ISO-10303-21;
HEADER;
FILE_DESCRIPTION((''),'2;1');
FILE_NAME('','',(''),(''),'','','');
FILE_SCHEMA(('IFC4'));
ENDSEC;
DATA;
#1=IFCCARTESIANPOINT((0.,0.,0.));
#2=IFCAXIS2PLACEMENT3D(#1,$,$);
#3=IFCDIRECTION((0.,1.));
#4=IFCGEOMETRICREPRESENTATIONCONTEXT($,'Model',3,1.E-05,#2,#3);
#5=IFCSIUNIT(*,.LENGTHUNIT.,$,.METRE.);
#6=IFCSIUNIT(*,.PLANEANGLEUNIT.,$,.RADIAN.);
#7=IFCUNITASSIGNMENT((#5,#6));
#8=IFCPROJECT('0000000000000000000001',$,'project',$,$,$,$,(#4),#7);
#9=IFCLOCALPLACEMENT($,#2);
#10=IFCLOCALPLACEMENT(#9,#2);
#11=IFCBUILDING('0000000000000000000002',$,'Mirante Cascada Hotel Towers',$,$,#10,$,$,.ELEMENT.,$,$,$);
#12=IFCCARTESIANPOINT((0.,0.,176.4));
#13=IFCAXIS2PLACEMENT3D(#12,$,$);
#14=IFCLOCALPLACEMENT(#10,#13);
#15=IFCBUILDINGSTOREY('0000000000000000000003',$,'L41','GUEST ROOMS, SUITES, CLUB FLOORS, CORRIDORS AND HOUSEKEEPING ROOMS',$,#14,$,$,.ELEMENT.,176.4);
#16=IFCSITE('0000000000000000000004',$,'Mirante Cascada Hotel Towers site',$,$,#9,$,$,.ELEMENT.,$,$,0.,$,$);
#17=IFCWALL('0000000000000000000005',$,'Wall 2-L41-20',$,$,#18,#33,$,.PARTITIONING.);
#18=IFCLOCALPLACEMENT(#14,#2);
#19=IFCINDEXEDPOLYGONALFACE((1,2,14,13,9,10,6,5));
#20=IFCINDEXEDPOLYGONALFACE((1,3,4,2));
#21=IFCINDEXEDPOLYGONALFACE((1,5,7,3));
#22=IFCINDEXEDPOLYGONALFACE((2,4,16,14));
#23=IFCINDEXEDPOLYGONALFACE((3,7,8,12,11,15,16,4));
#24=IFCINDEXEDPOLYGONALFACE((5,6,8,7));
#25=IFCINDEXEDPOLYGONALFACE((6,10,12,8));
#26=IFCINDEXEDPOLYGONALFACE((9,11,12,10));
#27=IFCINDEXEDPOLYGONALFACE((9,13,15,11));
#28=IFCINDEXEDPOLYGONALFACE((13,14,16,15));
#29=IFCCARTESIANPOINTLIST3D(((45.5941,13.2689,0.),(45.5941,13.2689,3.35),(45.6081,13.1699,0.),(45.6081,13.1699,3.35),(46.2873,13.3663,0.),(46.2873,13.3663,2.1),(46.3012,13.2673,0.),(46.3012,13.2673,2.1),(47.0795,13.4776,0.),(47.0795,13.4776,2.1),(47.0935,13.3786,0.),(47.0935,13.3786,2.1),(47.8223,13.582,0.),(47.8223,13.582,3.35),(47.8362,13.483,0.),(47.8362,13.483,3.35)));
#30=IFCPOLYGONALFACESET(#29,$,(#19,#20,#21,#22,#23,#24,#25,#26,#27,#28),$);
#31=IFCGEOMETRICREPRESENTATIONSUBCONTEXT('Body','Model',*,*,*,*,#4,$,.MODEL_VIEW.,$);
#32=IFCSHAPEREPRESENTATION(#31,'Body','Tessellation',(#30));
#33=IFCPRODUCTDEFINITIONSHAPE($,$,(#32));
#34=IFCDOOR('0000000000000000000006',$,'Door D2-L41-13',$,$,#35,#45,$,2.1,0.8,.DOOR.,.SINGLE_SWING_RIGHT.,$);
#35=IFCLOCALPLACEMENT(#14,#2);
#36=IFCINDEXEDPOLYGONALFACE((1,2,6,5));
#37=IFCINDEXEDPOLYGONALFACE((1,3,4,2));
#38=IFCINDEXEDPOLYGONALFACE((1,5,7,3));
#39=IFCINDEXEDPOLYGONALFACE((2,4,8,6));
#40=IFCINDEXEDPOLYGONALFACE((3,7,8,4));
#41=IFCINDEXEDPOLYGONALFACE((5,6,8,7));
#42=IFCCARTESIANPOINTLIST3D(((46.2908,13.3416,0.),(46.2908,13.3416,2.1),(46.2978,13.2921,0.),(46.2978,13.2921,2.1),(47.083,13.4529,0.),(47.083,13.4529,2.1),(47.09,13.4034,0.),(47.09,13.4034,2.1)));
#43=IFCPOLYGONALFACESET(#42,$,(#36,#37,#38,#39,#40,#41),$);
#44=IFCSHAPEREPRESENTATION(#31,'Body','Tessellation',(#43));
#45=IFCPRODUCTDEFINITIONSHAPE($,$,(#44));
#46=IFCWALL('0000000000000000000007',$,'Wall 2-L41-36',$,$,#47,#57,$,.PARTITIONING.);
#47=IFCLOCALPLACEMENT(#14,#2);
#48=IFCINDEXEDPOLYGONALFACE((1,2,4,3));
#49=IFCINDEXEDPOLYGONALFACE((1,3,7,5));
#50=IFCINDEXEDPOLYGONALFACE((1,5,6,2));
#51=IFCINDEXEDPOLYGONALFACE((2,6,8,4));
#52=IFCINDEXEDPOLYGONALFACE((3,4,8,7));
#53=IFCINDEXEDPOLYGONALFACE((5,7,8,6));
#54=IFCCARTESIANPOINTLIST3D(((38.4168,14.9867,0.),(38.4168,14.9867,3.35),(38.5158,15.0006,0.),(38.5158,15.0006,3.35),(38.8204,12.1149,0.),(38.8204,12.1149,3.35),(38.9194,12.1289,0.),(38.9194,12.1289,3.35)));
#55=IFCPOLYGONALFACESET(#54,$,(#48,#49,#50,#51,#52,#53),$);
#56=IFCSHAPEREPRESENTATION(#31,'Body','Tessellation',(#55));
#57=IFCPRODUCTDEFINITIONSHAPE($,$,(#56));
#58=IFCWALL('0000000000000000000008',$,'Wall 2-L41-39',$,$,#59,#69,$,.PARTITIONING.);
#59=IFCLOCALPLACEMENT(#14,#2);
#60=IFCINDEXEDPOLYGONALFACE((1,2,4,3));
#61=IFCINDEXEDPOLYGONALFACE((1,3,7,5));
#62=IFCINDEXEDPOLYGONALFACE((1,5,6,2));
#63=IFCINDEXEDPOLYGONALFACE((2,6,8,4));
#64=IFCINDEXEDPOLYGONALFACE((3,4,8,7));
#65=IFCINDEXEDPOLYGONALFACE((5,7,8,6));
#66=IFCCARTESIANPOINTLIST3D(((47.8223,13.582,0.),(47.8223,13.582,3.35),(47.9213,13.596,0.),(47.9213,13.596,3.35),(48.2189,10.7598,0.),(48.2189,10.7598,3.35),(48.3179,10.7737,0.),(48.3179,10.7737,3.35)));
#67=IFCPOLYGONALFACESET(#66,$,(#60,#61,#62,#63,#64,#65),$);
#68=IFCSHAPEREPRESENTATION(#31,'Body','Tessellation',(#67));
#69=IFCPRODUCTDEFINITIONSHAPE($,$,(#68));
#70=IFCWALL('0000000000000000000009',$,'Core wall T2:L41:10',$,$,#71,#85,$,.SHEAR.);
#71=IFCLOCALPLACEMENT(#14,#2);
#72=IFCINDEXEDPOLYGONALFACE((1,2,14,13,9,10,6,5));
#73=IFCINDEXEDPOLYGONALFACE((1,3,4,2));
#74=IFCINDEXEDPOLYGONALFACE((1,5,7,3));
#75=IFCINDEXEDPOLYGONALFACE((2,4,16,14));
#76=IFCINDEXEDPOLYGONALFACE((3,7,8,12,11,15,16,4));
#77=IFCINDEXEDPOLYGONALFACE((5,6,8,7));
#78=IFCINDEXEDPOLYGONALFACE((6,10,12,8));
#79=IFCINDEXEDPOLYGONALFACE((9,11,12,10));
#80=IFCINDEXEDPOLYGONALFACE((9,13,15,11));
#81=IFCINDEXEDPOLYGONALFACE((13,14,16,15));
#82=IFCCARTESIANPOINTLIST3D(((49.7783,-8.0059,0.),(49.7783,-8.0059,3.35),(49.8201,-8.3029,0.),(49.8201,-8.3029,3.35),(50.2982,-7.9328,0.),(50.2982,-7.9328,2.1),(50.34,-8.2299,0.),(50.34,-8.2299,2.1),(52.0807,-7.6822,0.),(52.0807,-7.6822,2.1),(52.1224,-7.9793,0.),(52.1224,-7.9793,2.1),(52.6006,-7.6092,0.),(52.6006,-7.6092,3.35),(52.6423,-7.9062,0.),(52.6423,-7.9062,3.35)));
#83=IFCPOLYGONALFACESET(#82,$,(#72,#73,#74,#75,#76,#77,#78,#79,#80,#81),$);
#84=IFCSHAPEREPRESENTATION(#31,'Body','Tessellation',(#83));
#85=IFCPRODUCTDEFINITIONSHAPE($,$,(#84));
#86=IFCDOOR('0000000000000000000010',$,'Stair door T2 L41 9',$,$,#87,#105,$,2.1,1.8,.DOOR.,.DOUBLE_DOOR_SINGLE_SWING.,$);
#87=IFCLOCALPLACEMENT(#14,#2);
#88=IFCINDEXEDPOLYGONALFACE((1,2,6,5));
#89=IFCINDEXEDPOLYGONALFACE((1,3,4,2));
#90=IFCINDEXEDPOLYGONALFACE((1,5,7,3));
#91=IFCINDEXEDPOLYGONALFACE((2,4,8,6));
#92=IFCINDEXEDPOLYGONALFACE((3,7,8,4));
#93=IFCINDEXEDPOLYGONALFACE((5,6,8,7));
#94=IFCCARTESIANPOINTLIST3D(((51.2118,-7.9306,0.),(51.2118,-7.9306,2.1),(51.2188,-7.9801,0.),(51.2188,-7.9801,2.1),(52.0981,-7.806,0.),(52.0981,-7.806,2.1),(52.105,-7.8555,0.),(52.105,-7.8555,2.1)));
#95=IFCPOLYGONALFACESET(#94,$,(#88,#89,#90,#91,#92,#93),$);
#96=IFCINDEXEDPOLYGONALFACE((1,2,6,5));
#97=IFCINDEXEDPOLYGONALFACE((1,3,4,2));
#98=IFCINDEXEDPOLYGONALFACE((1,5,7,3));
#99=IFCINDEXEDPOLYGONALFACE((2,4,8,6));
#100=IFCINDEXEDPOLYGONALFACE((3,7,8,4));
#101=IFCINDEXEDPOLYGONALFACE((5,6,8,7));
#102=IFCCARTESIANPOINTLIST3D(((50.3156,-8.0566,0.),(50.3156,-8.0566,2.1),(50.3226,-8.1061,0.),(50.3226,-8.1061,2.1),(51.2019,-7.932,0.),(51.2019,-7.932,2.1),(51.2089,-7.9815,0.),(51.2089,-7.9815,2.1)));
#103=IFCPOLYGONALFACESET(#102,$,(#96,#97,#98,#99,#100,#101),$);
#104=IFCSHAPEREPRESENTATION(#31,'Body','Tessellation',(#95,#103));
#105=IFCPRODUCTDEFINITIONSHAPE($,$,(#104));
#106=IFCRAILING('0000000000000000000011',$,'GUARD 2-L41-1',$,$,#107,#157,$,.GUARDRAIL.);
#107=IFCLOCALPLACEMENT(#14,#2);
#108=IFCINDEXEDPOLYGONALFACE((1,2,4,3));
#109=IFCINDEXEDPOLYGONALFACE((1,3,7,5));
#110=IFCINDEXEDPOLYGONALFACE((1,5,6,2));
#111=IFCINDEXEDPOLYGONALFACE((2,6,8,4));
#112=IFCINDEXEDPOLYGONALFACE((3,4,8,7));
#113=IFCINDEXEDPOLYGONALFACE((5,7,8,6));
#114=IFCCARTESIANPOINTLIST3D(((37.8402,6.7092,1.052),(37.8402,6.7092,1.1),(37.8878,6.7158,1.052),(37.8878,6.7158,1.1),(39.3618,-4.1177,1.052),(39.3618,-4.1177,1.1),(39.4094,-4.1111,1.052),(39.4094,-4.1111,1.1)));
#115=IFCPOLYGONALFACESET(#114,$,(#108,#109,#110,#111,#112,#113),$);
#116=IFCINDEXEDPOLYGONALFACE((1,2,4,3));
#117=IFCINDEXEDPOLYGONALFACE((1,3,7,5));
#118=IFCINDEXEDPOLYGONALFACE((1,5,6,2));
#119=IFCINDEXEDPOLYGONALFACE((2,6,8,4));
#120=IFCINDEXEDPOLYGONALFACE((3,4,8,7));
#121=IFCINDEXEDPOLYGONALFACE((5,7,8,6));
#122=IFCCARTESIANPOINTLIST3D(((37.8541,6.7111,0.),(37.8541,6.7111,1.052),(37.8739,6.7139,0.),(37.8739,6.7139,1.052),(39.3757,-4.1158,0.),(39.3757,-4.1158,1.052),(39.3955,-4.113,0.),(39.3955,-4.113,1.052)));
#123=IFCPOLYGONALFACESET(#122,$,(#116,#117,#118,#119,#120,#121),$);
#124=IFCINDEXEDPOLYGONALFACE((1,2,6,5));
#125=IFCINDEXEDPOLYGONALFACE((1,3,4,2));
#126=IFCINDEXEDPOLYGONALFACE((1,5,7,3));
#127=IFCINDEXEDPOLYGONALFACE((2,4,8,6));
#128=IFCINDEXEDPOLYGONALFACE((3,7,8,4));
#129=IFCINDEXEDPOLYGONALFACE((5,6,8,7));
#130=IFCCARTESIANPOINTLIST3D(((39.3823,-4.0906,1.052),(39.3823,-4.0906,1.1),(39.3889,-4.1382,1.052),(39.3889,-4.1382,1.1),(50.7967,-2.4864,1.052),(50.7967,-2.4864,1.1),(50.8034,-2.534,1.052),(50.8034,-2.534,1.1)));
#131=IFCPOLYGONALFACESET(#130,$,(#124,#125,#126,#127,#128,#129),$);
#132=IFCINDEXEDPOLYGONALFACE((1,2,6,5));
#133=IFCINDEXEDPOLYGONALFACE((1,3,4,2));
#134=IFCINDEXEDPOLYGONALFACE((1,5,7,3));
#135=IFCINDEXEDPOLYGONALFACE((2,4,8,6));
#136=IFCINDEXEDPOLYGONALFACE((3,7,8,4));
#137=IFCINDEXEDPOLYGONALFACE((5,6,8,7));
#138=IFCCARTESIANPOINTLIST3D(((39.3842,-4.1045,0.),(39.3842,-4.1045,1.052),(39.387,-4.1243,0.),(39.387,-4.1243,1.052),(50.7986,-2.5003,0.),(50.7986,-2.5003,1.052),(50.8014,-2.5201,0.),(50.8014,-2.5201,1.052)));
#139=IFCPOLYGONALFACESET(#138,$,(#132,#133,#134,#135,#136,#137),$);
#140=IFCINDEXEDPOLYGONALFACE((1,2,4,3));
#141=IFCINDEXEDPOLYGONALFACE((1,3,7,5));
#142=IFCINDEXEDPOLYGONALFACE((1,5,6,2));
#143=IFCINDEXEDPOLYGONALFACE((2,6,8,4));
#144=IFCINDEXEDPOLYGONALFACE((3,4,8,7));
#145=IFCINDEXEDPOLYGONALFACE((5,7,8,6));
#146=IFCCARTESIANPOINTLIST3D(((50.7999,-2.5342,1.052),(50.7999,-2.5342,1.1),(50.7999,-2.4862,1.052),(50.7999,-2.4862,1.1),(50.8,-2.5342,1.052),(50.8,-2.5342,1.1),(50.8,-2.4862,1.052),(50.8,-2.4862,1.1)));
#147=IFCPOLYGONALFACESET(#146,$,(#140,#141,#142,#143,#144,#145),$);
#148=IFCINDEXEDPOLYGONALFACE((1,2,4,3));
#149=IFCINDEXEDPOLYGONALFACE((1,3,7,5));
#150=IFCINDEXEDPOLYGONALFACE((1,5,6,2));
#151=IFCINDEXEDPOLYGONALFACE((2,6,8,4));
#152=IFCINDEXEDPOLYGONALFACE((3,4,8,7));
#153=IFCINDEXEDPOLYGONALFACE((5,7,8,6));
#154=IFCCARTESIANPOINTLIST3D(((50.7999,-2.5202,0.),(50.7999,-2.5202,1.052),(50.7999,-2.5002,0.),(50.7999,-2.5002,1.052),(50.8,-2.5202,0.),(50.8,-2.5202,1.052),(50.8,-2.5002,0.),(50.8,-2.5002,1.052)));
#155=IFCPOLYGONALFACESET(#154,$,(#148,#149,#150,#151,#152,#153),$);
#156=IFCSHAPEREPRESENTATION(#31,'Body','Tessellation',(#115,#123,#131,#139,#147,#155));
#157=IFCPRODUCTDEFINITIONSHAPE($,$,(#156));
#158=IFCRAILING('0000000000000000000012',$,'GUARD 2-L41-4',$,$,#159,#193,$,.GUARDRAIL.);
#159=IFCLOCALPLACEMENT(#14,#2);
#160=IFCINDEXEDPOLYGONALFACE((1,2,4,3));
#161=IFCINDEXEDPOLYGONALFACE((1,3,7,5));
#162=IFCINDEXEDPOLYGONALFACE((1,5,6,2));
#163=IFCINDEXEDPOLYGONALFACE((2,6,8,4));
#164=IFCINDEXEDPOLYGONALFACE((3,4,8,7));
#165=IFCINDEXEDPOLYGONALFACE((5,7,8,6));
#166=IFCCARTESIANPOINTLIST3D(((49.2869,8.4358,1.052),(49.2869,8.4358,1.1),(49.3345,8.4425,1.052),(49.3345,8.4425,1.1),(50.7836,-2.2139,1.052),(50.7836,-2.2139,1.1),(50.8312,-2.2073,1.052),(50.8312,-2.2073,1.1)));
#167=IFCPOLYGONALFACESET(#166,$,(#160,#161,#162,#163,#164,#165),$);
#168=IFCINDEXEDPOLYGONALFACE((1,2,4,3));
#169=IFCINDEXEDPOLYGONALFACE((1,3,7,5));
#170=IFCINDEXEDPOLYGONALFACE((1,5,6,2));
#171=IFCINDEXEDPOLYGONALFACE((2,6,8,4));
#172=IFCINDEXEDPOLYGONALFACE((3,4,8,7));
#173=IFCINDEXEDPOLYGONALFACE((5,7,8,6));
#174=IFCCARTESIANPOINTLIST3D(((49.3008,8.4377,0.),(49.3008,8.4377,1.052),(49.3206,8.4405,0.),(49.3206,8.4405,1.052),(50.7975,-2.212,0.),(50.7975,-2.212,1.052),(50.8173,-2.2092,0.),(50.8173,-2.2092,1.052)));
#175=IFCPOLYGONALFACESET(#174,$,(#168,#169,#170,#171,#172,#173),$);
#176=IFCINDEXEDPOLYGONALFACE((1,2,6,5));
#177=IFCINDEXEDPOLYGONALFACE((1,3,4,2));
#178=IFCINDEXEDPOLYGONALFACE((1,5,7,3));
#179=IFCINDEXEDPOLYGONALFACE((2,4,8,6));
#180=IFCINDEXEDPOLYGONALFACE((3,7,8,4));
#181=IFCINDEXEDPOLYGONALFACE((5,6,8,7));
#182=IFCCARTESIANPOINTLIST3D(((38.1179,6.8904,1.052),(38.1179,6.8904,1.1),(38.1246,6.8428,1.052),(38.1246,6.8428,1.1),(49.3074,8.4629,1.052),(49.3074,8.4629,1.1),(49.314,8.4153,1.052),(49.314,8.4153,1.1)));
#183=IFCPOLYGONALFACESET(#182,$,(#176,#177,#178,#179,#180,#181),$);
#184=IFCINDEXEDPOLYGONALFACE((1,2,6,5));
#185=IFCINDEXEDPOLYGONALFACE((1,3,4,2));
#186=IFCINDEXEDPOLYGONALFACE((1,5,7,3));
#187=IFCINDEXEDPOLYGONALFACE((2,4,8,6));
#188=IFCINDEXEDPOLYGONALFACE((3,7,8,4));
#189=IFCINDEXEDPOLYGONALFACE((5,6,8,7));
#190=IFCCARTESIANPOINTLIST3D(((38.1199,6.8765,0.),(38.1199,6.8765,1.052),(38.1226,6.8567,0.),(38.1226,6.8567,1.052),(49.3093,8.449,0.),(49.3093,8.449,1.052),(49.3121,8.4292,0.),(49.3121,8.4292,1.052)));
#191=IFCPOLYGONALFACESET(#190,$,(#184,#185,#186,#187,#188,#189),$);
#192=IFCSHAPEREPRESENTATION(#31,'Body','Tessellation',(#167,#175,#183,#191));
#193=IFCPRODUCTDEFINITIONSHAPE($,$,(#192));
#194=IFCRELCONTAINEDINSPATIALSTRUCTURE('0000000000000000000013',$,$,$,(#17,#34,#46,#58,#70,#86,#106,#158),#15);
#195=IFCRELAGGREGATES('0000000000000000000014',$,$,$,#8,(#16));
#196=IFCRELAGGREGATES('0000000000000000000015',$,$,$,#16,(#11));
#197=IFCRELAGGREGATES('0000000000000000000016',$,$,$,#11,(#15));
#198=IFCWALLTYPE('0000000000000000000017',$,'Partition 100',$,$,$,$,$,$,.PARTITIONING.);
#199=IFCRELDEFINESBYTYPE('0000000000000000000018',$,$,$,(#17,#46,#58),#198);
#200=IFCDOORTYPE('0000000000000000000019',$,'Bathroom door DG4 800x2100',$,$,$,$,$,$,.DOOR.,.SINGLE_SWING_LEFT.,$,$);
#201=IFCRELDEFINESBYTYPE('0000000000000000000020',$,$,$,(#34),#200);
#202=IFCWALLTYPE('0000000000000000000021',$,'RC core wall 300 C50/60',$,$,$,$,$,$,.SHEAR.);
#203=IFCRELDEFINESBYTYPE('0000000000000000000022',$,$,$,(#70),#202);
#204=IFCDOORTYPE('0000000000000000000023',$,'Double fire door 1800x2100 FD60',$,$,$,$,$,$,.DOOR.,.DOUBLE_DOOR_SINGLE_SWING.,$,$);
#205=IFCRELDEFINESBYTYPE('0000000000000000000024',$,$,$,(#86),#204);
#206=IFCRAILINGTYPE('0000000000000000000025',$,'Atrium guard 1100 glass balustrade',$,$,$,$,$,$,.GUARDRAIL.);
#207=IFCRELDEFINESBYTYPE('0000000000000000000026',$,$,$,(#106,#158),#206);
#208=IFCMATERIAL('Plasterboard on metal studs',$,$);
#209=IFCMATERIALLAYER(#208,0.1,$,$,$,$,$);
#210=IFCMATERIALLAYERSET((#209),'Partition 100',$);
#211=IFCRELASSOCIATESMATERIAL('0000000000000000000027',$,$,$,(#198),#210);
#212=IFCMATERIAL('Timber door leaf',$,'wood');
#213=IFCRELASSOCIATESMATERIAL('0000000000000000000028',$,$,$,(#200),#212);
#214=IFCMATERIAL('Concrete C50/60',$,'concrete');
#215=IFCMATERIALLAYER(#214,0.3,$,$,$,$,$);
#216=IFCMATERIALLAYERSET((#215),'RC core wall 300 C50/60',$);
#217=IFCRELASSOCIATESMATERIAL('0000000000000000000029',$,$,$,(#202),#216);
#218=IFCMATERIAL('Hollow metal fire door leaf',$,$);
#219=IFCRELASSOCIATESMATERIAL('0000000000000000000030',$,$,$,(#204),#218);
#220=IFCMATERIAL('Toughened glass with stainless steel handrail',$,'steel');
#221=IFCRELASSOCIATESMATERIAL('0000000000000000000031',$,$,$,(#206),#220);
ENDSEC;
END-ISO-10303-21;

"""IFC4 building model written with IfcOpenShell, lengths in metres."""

from ifc_helpers import new_model, si_unit, direction, frame, frame_2d, origin, origin_2d, place, context, subcontext, project, spatial, rectangle, extrude, material, layer, layer_set, type_object, element, fill, save


model = new_model("IFC4")

# Units and contexts
model_context = context("Model", 3, precision=1e-05, world=origin(), true_north=direction((0.0, 1.0)))
body_context = subcontext(model_context, "Body", "Model", "MODEL_VIEW")
ifc_project = project(units=[si_unit("LENGTHUNIT", "METRE"), si_unit("PLANEANGLEUNIT", "RADIAN")], contexts=[model_context])

# Site, building, storey
site_placement = place(None, origin())
site = spatial("IfcSite", under=ifc_project, at=site_placement, Name="Mirante Cascada Hotel Towers site", CompositionType="ELEMENT", RefElevation=0.0)
building_placement = place(site_placement, origin())
building = spatial("IfcBuilding", under=site, at=building_placement, Name="Mirante Cascada Hotel Towers", CompositionType="ELEMENT")
storey_placement = place(building_placement, frame((0.0, 0.0, 176.4)))
storey = spatial("IfcBuildingStorey", under=building, at=storey_placement, Name="L41", Description="GUEST ROOMS, SUITES, CLUB FLOORS, CORRIDORS AND HOUSEKEEPING ROOMS", CompositionType="ELEMENT", Elevation=176.4)

# Shared definitions
ifc_material_1 = material(Name="Plasterboard on metal studs")
ifc_layer_1 = layer(ifc_material_1, 0.1)
ifc_layer_set_1 = layer_set([ifc_layer_1], Name="Partition 100")
wall_type_1 = type_object("IfcWallType", Name="Partition 100", PredefinedType="PARTITIONING", material=ifc_layer_set_1)

# Wall, opening, door
wall_1_placement = place(storey_placement, frame((45.6011, 13.2194, 0.0), z_axis=(0.0, 0.0, 1.0), x_axis=(0.990271, 0.139156, 0.0)))
wall_1 = element("IfcWall", 1, at=wall_1_placement, inside=storey, type_object=wall_type_1, Name="Wall 2-L41-20", PredefinedType="PARTITIONING", context=body_context, shape_type="SweptSolid", body=[
    extrude(rectangle(XDim=2.25, YDim=0.1, at=frame_2d((1.125, 0.0))), origin(), (0.0, 0.0, 1.0), 3.35),
])
opening_1_placement = place(wall_1_placement, frame((0.7, 0.0, 0.0)))
opening_1 = element("IfcOpeningElement", 2, at=opening_1_placement, cuts=wall_1, PredefinedType="OPENING", context=body_context, shape_type="SweptSolid", body=[
    extrude(rectangle(XDim=0.8, YDim=2.1, at=frame_2d((0.4, 1.05))), frame((0.0, 0.05, 0.0), z_axis=(0.0, -1.0, 0.0), x_axis=(1.0, 0.0, 0.0)), (0.0, 0.0, 1.0), 0.1),
])
ifc_material_2 = material(Name="Timber door leaf", Category="wood")
door_type_1 = type_object("IfcDoorType", Name="Bathroom door DG4 800x2100", OperationType="SINGLE_SWING_LEFT", PredefinedType="DOOR", material=ifc_material_2)
door_1_placement = place(opening_1_placement, frame((0.8, 0.0, 0.0), z_axis=(0.0, 0.0, 1.0), x_axis=(-1.0, 0.0, 0.0)))
door_1 = element("IfcDoor", 3, at=door_1_placement, inside=storey, type_object=door_type_1, Name="Door D2-L41-13", OperationType="SINGLE_SWING_RIGHT", OverallHeight=2.1, OverallWidth=0.8, PredefinedType="DOOR", context=body_context, shape_type="SweptSolid", body=[
    extrude(rectangle(XDim=0.8, YDim=2.1, at=frame_2d((0.4, 1.05))), frame((0.0, 0.025, 0.0), z_axis=(0.0, -1.0, 0.0), x_axis=(1.0, 0.0, 0.0)), (0.0, 0.0, 1.0), 0.05),
])
fill(opening_1, door_1)

# Walls
wall_2_placement = place(storey_placement, frame((38.8699, 12.1219, 0.0), z_axis=(0.0, 0.0, 1.0), x_axis=(-0.139171, 0.990268, 0.0)))
element("IfcWall", 4, at=wall_2_placement, inside=storey, type_object=wall_type_1, Name="Wall 2-L41-36", PredefinedType="PARTITIONING", context=body_context, shape_type="SweptSolid", body=[
    extrude(rectangle(XDim=2.9, YDim=0.1, at=frame_2d((1.45, 0.0))), origin(), (0.0, 0.0, 1.0), 3.35),
])
wall_3_placement = place(storey_placement, frame((47.8718, 13.589, 0.0), z_axis=(0.0, 0.0, 1.0), x_axis=(0.139156, -0.99027, 0.0)))
element("IfcWall", 5, at=wall_3_placement, inside=storey, type_object=wall_type_1, Name="Wall 2-L41-39", PredefinedType="PARTITIONING", context=body_context, shape_type="SweptSolid", body=[
    extrude(rectangle(XDim=2.85, YDim=0.1, at=frame_2d((1.425, 0.0))), origin(), (0.0, 0.0, 1.0), 3.35),
])

# Wall, opening, door
ifc_material_3 = material(Name="Concrete C50/60", Category="concrete")
ifc_layer_2 = layer(ifc_material_3, 0.3)
ifc_layer_set_2 = layer_set([ifc_layer_2], Name="RC core wall 300 C50/60")
wall_type_2 = type_object("IfcWallType", Name="RC core wall 300 C50/60", PredefinedType="SHEAR", material=ifc_layer_set_2)
wall_4_placement = place(storey_placement, frame((49.7992, -8.1544, 0.0), z_axis=(0.0, 0.0, 1.0), x_axis=(0.990266, 0.139191, 0.0)))
wall_4 = element("IfcWall", 6, at=wall_4_placement, inside=storey, type_object=wall_type_2, Name="Core wall T2:L41:10", PredefinedType="SHEAR", context=body_context, shape_type="SweptSolid", body=[
    extrude(rectangle(XDim=2.85, YDim=0.3, at=frame_2d((1.425, 0.0))), origin(), (0.0, 0.0, 1.0), 3.35),
])
opening_2_placement = place(wall_4_placement, frame((0.525, 0.0, 0.0)))
opening_2 = element("IfcOpeningElement", 7, at=opening_2_placement, cuts=wall_4, PredefinedType="OPENING", context=body_context, shape_type="SweptSolid", body=[
    extrude(rectangle(XDim=1.8, YDim=2.1, at=frame_2d((0.9, 1.05))), frame((0.0, 0.15, 0.0), z_axis=(0.0, -1.0, 0.0), x_axis=(1.0, 0.0, 0.0)), (0.0, 0.0, 1.0), 0.3),
])
ifc_material_4 = material(Name="Hollow metal fire door leaf")
door_type_2 = type_object("IfcDoorType", Name="Double fire door 1800x2100 FD60", OperationType="DOUBLE_DOOR_SINGLE_SWING", PredefinedType="DOOR", material=ifc_material_4)
door_2_placement = place(opening_2_placement, frame((1.8, 0.0, 0.0), z_axis=(0.0, 0.0, 1.0), x_axis=(-1.0, 0.0, 0.0)))
door_2 = element("IfcDoor", 8, at=door_2_placement, inside=storey, type_object=door_type_2, Name="Stair door T2 L41 9", OperationType="DOUBLE_DOOR_SINGLE_SWING", OverallHeight=2.1, OverallWidth=1.8, PredefinedType="DOOR", context=body_context, shape_type="SweptSolid", body=[
    extrude(rectangle(XDim=0.895, YDim=2.1, at=frame_2d((0.4475, 1.05))), frame((0.0, 0.025, 0.0), z_axis=(0.0, -1.0, 0.0), x_axis=(1.0, 0.0, 0.0)), (0.0, 0.0, 1.0), 0.05),
    extrude(rectangle(XDim=0.895, YDim=2.1, at=frame_2d((1.3525, 1.05))), frame((0.0, 0.025, 0.0), z_axis=(0.0, -1.0, 0.0), x_axis=(1.0, 0.0, 0.0)), (0.0, 0.0, 1.0), 0.05),
])
fill(opening_2, door_2)

# Railings
ifc_material_5 = material(Name="Toughened glass with stainless steel handrail", Category="steel")
railing_type = type_object("IfcRailingType", Name="Atrium guard 1100 glass balustrade", PredefinedType="GUARDRAIL", material=ifc_material_5)
railing_1_placement = place(storey_placement, frame((37.864, 6.7125, 0.0)))
element("IfcRailing", 9, at=railing_1_placement, inside=storey, type_object=railing_type, Name="GUARD 2-L41-1", PredefinedType="GUARDRAIL", context=body_context, shape_type="SweptSolid", body=[
    extrude(rectangle(XDim=0.048, YDim=0.048, at=origin_2d()), frame((0.0, 0.0, 1.076), z_axis=(0.139171, -0.990268, 0.0), x_axis=(0.990268, 0.139171, 0.0)), (0.0, 0.0, 1.0), 10.9333),
    extrude(rectangle(XDim=0.02, YDim=1.052, at=origin_2d()), frame((0.0, 0.0, 0.526), z_axis=(0.139171, -0.990268, 0.0), x_axis=(0.990268, 0.139171, 0.0)), (0.0, 0.0, 1.0), 10.9333),
    extrude(rectangle(XDim=0.048, YDim=0.048, at=origin_2d()), frame((1.5216, -10.8269, 1.076), z_axis=(0.990268, 0.139174, 0.0), x_axis=(-0.139174, 0.990268, 0.0)), (0.0, 0.0, 1.0), 11.5266),
    extrude(rectangle(XDim=0.02, YDim=1.052, at=origin_2d()), frame((1.5216, -10.8269, 0.526), z_axis=(0.990268, 0.139174, 0.0), x_axis=(-0.139174, 0.990268, 0.0)), (0.0, 0.0, 1.0), 11.5266),
    extrude(rectangle(XDim=0.048, YDim=0.048, at=origin_2d()), frame((12.936, -9.2227, 1.076), z_axis=(-1.0, 0.0, 0.0), x_axis=(0.0, -1.0, 0.0)), (0.0, 0.0, 1.0), 0.0001),
    extrude(rectangle(XDim=0.02, YDim=1.052, at=origin_2d()), frame((12.936, -9.2227, 0.526), z_axis=(-1.0, 0.0, 0.0), x_axis=(0.0, -1.0, 0.0)), (0.0, 0.0, 1.0), 0.0001),
])
railing_2_placement = place(storey_placement, frame((50.8074, -2.2106, 0.0)))
element("IfcRailing", 10, at=railing_2_placement, inside=storey, type_object=railing_type, Name="GUARD 2-L41-4", PredefinedType="GUARDRAIL", context=body_context, shape_type="SweptSolid", body=[
    extrude(rectangle(XDim=0.048, YDim=0.048, at=origin_2d()), frame((0.0, 0.0, 1.076), z_axis=(-0.139172, 0.990268, 0.0), x_axis=(-0.990268, -0.139172, 0.0)), (0.0, 0.0, 1.0), 10.7544),
    extrude(rectangle(XDim=0.02, YDim=1.052, at=origin_2d()), frame((0.0, 0.0, 0.526), z_axis=(-0.139172, 0.990268, 0.0), x_axis=(-0.990268, -0.139172, 0.0)), (0.0, 0.0, 1.0), 10.7544),
    extrude(rectangle(XDim=0.048, YDim=0.048, at=origin_2d()), frame((-1.4967, 10.6497, 1.076), z_axis=(-0.990269, -0.139167, 0.0), x_axis=(0.139167, -0.990269, 0.0)), (0.0, 0.0, 1.0), 11.2994),
    extrude(rectangle(XDim=0.02, YDim=1.052, at=origin_2d()), frame((-1.4967, 10.6497, 0.526), z_axis=(-0.990269, -0.139167, 0.0), x_axis=(0.139167, -0.990269, 0.0)), (0.0, 0.0, 1.0), 11.2994),
])

save(model, "model.ifc")
